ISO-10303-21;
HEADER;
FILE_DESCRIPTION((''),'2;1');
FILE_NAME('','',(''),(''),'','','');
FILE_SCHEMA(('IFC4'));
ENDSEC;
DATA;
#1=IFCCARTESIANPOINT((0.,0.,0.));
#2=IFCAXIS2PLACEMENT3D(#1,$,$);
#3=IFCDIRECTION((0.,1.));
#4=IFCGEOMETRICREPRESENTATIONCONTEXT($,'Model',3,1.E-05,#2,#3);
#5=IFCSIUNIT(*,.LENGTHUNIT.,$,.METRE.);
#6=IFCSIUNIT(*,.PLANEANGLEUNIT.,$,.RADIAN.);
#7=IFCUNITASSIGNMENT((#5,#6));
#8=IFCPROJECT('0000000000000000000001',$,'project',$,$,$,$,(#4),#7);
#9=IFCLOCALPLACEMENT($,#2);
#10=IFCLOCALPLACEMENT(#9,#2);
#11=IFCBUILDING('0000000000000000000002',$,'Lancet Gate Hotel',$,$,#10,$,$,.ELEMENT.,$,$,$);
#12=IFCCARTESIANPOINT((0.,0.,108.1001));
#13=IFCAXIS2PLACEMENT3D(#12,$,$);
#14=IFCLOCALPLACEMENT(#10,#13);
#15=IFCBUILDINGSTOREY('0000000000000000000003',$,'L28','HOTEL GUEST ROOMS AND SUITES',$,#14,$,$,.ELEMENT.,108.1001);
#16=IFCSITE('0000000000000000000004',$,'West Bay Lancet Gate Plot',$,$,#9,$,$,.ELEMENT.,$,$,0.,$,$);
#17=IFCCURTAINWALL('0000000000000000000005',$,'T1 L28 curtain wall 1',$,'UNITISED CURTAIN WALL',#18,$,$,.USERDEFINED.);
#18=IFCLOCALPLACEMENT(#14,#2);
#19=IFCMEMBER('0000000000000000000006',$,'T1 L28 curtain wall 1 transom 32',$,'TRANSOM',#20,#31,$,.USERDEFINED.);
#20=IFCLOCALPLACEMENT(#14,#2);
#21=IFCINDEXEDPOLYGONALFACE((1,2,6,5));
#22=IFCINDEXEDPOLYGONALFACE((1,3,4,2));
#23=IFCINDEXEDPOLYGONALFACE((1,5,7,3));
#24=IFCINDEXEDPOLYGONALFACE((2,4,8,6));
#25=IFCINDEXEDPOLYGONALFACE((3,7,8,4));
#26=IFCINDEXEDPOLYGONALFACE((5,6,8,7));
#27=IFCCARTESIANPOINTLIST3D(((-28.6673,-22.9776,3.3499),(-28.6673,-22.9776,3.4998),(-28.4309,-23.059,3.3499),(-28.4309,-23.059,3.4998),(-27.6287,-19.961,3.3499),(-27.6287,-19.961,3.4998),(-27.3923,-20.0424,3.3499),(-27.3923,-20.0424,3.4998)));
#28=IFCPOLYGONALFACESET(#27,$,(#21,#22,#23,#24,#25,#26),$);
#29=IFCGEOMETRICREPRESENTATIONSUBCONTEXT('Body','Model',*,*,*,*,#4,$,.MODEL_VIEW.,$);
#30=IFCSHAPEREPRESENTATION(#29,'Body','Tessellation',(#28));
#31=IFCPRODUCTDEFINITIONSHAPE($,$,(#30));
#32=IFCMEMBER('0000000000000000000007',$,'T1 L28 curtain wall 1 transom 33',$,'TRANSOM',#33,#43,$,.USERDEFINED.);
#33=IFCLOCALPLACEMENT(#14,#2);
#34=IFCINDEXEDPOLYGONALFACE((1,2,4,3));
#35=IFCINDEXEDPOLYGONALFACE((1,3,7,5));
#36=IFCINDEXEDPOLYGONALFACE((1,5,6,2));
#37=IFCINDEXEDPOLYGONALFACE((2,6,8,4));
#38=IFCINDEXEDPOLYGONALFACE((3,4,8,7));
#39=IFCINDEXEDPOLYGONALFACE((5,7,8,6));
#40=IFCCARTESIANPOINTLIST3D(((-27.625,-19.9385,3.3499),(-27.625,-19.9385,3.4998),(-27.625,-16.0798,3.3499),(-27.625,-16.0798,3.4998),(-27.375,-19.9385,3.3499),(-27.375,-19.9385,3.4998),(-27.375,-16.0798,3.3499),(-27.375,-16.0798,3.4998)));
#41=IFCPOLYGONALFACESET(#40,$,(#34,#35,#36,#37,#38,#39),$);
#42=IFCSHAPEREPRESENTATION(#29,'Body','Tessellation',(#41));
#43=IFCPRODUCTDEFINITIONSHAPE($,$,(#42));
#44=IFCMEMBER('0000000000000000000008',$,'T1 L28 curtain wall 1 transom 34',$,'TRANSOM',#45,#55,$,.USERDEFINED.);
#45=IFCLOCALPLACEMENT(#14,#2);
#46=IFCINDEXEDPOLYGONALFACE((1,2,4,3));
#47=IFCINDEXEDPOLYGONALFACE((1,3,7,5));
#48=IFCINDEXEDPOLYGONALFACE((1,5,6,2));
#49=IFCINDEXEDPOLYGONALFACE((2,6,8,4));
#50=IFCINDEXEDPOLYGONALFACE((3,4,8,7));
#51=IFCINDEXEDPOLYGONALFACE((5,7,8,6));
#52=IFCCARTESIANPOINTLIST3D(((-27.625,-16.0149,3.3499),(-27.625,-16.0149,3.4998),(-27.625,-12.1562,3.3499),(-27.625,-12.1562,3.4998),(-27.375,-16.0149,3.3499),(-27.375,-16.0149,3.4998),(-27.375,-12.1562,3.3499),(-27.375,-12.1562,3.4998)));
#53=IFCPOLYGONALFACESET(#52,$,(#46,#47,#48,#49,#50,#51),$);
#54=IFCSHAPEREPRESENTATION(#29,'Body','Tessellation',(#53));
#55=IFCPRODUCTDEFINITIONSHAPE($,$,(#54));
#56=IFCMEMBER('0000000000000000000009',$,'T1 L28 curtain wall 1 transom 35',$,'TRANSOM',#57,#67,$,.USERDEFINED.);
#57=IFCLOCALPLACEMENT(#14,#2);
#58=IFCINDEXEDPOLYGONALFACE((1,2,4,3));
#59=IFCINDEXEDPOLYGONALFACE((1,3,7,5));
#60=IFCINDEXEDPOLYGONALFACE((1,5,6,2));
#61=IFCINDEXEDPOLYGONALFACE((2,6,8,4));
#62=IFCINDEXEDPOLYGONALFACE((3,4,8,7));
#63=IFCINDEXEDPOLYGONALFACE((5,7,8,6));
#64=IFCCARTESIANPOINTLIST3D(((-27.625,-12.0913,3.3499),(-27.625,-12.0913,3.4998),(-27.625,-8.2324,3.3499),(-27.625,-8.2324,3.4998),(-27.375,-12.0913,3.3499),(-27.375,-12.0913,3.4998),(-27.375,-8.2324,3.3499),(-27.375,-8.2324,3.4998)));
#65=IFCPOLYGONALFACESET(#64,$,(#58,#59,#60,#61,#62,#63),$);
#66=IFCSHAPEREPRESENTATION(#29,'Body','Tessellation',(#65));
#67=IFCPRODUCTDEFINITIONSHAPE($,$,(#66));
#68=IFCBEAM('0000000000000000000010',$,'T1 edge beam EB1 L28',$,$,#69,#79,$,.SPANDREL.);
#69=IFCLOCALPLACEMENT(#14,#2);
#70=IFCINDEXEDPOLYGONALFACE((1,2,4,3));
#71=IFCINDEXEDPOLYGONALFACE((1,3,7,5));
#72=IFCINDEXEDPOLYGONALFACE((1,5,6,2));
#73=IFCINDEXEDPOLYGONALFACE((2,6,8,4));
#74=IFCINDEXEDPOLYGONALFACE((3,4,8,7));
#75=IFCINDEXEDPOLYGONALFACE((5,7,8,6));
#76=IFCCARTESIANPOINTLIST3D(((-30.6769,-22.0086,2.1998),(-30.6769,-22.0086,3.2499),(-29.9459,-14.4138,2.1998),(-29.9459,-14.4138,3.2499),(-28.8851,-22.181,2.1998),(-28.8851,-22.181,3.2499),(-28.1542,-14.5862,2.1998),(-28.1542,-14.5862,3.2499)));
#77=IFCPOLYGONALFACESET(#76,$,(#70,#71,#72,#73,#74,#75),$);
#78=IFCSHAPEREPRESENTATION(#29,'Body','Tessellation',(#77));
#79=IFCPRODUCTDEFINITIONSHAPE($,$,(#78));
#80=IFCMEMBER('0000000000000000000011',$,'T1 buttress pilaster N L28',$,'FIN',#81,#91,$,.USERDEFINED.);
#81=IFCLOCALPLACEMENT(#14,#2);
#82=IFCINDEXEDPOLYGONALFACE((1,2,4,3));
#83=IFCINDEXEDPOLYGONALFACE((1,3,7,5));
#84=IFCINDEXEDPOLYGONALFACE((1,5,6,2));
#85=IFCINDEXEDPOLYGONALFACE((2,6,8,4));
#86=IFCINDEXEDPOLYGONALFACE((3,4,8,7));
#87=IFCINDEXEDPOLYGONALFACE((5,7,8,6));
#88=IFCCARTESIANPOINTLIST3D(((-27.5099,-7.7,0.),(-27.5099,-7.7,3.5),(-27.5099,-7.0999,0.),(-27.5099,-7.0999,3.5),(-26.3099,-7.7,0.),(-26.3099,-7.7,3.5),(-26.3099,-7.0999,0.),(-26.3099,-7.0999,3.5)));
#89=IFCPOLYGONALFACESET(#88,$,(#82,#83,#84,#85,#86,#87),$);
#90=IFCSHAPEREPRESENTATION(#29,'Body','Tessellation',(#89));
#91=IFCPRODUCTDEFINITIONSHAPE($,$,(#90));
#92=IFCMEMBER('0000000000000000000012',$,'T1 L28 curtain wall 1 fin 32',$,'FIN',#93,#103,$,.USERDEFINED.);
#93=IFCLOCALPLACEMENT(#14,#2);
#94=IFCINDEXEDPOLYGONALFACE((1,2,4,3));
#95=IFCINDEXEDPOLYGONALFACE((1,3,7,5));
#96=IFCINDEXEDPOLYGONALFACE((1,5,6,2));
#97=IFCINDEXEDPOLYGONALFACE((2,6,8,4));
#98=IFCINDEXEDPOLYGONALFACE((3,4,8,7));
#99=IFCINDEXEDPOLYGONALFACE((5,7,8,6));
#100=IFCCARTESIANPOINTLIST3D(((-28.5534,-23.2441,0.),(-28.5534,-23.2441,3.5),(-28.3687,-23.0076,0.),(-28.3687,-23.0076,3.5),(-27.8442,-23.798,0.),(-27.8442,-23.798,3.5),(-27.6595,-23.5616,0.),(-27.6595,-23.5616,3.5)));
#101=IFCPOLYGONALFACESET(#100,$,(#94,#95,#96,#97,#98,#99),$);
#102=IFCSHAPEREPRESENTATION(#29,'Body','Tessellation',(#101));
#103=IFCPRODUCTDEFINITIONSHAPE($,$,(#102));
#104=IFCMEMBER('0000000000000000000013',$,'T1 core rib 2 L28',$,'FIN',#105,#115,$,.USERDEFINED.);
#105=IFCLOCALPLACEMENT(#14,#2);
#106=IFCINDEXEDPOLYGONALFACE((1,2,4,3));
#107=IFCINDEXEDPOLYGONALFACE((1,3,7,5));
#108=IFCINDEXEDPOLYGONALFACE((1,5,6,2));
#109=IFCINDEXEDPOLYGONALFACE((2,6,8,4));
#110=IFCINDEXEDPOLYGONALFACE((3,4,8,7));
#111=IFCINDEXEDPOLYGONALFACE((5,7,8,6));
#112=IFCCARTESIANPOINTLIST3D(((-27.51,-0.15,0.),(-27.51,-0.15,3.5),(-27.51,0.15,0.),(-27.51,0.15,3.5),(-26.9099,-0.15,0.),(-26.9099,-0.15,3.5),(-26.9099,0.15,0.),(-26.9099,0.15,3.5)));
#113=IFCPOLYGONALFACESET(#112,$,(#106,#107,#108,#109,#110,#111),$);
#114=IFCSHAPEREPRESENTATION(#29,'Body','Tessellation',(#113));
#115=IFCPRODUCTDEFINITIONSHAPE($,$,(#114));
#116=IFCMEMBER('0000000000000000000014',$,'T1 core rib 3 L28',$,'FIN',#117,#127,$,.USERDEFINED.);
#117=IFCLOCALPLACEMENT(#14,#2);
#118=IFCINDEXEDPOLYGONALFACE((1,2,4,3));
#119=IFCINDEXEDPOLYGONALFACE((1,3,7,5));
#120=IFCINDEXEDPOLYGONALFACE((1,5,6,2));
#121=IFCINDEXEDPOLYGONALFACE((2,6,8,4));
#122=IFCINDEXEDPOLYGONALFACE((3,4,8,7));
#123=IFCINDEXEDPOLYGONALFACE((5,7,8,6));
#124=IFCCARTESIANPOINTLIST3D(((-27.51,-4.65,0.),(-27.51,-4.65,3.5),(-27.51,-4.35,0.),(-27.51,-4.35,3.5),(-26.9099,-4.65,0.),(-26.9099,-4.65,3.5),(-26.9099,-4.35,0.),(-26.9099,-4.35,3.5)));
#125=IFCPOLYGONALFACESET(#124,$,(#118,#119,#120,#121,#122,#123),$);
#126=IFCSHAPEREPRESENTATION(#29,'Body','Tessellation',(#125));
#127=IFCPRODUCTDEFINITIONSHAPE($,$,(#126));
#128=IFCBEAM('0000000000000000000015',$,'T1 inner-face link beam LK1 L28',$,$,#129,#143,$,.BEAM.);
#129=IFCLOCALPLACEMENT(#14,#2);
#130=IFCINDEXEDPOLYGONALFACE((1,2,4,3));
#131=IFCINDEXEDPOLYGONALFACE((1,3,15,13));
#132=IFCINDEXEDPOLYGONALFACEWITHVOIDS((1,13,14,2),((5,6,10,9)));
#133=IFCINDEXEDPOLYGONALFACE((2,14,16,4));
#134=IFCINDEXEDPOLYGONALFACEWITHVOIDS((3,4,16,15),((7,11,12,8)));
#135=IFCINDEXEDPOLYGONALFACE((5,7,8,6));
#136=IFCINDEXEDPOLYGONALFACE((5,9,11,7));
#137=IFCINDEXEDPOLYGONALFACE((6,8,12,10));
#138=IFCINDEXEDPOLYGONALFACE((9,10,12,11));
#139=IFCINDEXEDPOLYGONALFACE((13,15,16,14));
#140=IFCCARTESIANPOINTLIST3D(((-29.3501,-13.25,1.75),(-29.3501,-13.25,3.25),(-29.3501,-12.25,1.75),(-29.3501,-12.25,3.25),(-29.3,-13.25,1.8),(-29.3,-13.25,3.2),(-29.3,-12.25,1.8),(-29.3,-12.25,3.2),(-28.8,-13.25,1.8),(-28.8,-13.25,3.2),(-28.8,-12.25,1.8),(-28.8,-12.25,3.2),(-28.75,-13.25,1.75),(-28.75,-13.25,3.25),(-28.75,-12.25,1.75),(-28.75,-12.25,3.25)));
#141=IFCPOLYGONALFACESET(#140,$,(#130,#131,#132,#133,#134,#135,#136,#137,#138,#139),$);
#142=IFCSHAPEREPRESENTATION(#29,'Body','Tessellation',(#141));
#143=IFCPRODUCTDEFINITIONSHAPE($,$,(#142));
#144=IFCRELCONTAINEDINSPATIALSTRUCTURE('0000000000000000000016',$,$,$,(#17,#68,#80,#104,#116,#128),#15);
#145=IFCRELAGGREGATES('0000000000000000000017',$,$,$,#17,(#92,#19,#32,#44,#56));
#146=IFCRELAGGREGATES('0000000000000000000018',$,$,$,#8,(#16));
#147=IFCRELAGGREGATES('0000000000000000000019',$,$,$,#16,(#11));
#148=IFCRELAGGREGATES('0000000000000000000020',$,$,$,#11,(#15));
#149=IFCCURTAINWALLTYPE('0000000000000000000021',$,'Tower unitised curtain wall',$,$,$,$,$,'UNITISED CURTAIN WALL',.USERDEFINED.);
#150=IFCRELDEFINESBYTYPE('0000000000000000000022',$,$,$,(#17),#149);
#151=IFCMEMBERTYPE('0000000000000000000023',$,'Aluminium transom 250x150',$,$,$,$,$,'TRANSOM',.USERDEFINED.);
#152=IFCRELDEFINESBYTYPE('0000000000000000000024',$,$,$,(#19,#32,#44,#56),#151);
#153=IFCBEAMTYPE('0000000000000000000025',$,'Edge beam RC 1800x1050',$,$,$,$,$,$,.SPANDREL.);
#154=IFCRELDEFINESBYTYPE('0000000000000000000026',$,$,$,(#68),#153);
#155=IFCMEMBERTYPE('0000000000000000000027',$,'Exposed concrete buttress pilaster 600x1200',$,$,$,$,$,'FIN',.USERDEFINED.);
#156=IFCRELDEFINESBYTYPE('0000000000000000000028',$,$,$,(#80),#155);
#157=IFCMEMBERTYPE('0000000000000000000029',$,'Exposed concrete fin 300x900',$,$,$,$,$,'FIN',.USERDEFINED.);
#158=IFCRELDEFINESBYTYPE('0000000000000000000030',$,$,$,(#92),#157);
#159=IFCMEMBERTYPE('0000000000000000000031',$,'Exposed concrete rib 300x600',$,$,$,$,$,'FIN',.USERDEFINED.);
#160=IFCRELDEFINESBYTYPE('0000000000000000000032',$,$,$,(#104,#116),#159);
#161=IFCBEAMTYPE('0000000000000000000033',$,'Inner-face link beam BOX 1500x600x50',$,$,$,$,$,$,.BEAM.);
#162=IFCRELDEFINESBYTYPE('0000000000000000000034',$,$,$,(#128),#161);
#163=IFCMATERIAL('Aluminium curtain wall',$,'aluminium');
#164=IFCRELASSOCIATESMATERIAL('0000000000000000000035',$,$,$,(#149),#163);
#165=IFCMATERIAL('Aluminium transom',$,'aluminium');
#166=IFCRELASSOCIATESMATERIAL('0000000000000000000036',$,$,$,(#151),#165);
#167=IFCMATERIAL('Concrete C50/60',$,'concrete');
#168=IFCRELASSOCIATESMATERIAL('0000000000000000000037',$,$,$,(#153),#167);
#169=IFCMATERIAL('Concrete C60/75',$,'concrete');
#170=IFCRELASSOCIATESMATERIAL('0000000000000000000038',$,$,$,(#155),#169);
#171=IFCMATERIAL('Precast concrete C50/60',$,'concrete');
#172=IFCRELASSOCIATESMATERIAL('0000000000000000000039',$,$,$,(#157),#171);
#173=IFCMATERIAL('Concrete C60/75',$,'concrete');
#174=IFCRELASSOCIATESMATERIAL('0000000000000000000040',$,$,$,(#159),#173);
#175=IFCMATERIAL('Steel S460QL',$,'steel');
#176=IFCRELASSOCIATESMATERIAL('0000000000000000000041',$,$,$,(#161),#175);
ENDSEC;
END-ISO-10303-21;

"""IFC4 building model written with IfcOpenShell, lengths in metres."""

from ifc_helpers import new_model, si_unit, direction, frame, origin, origin_2d, place, context, subcontext, project, spatial, rectangle, hollow_rectangle, extrude, material, material_profile, profile_set, type_object, element, aggregate, save


model = new_model("IFC4")

# Units and contexts
model_context = context("Model", 3, precision=1e-05, world=origin(), true_north=direction((0.0, 1.0)))
body_context = subcontext(model_context, "Body", "Model", "MODEL_VIEW")
ifc_project = project(units=[si_unit("LENGTHUNIT", "METRE"), si_unit("PLANEANGLEUNIT", "RADIAN")], contexts=[model_context])

# Site, building, storey
site_placement = place(None, origin())
site = spatial("IfcSite", under=ifc_project, at=site_placement, Name="West Bay Lancet Gate Plot", CompositionType="ELEMENT", RefElevation=0.0)
building_placement = place(site_placement, origin())
building = spatial("IfcBuilding", under=site, at=building_placement, Name="Lancet Gate Hotel", CompositionType="ELEMENT")
storey_placement = place(building_placement, frame((0.0, 0.0, 108.1001)))
storey = spatial("IfcBuildingStorey", under=building, at=storey_placement, Name="L28", Description="HOTEL GUEST ROOMS AND SUITES", CompositionType="ELEMENT", Elevation=108.1001)

# Curtain wall, members
ifc_material_1 = material(Name="Aluminium curtain wall", Category="aluminium")
curtain_wall_type = type_object("IfcCurtainWallType", Name="Tower unitised curtain wall", ElementType="UNITISED CURTAIN WALL", PredefinedType="USERDEFINED", material=ifc_material_1)
curtain_wall_placement = place(storey_placement, origin())
curtain_wall = element("IfcCurtainWall", 1, at=curtain_wall_placement, inside=storey, type_object=curtain_wall_type, Name="T1 L28 curtain wall 1", ObjectType="UNITISED CURTAIN WALL", PredefinedType="USERDEFINED")
ifc_material_2 = material(Name="Aluminium transom", Category="aluminium")
ifc_material_profile_1 = material_profile(ifc_material_2, rectangle(XDim=0.25, YDim=0.1499, at=origin_2d()), Name="TRANSOM 250x150")
ifc_profile_set_1 = profile_set([ifc_material_profile_1], Name="Aluminium transom")
member_type_1 = type_object("IfcMemberType", Name="Aluminium transom 250x150", ElementType="TRANSOM", PredefinedType="USERDEFINED", material=ifc_profile_set_1)
member_1_placement = place(storey_placement, frame((-28.5491, -23.0183, 3.4248), z_axis=(0.325533, 0.945531, 0.0), x_axis=(-0.945531, 0.325533, 0.0)))
member_1 = element("IfcMember", 2, at=member_1_placement, type_object=member_type_1, Name="T1 L28 curtain wall 1 transom 32", ObjectType="TRANSOM", PredefinedType="USERDEFINED", context=body_context, shape_type="SweptSolid", body=[
    extrude(rectangle(XDim=0.25, YDim=0.1499, at=origin_2d()), origin(), (0.0, 0.0, 1.0), 3.1904),
])
member_2_placement = place(storey_placement, frame((-27.5, -19.9385, 3.4248), z_axis=(0.0, 1.0, 0.0), x_axis=(-1.0, 0.0, 0.0)))
member_2 = element("IfcMember", 3, at=member_2_placement, type_object=member_type_1, Name="T1 L28 curtain wall 1 transom 33", ObjectType="TRANSOM", PredefinedType="USERDEFINED", context=body_context, shape_type="SweptSolid", body=[
    extrude(rectangle(XDim=0.25, YDim=0.1499, at=origin_2d()), origin(), (0.0, 0.0, 1.0), 3.8586),
])
member_3_placement = place(storey_placement, frame((-27.5, -16.0149, 3.4248), z_axis=(0.0, 1.0, 0.0), x_axis=(-1.0, 0.0, 0.0)))
member_3 = element("IfcMember", 4, at=member_3_placement, type_object=member_type_1, Name="T1 L28 curtain wall 1 transom 34", ObjectType="TRANSOM", PredefinedType="USERDEFINED", context=body_context, shape_type="SweptSolid", body=[
    extrude(rectangle(XDim=0.25, YDim=0.1499, at=origin_2d()), origin(), (0.0, 0.0, 1.0), 3.8586),
])
member_4_placement = place(storey_placement, frame((-27.5, -12.0913, 3.4248), z_axis=(0.0, 1.0, 0.0), x_axis=(-1.0, 0.0, 0.0)))
member_4 = element("IfcMember", 5, at=member_4_placement, type_object=member_type_1, Name="T1 L28 curtain wall 1 transom 35", ObjectType="TRANSOM", PredefinedType="USERDEFINED", context=body_context, shape_type="SweptSolid", body=[
    extrude(rectangle(XDim=0.25, YDim=0.1499, at=origin_2d()), origin(), (0.0, 0.0, 1.0), 3.8589),
])

# Beam
ifc_material_3 = material(Name="Concrete C50/60", Category="concrete")
ifc_material_profile_2 = material_profile(ifc_material_3, rectangle(XDim=1.8, YDim=1.05, at=origin_2d()), Name="RC 1800x1050")
ifc_profile_set_2 = profile_set([ifc_material_profile_2], Name="Concrete C50/60")
beam_type_1 = type_object("IfcBeamType", Name="Edge beam RC 1800x1050", PredefinedType="SPANDREL", material=ifc_profile_set_2)
beam_1_placement = place(storey_placement, frame((-29.05, -14.5, 2.7249), z_axis=(-0.095803, -0.9954, 0.0), x_axis=(0.9954, -0.095803, 0.0)))
element("IfcBeam", 6, at=beam_1_placement, inside=storey, type_object=beam_type_1, Name="T1 edge beam EB1 L28", PredefinedType="SPANDREL", context=body_context, shape_type="SweptSolid", body=[
    extrude(rectangle(XDim=1.8, YDim=1.05, at=origin_2d()), origin(), (0.0, 0.0, 1.0), 7.6299),
])

# Members
ifc_material_4 = material(Name="Concrete C60/75", Category="concrete")
ifc_material_profile_3 = material_profile(ifc_material_4, rectangle(XDim=0.6001, YDim=1.2, at=origin_2d()), Name="FIN 600x1200")
ifc_profile_set_3 = profile_set([ifc_material_profile_3], Name="Concrete C60/75")
member_type_2 = type_object("IfcMemberType", Name="Exposed concrete buttress pilaster 600x1200", ElementType="FIN", PredefinedType="USERDEFINED", material=ifc_profile_set_3)
member_5_placement = place(storey_placement, frame((-26.9099, -7.3999, 0.0), z_axis=(0.0, 0.0, 1.0), x_axis=(0.0, 1.0, 0.0)))
element("IfcMember", 7, at=member_5_placement, inside=storey, type_object=member_type_2, Name="T1 buttress pilaster N L28", ObjectType="FIN", PredefinedType="USERDEFINED", context=body_context, shape_type="SweptSolid", body=[
    extrude(rectangle(XDim=0.6001, YDim=1.2, at=origin_2d()), origin(), (0.0, 0.0, 1.0), 3.5),
])
ifc_material_5 = material(Name="Precast concrete C50/60", Category="concrete")
ifc_material_profile_4 = material_profile(ifc_material_5, rectangle(XDim=0.3, YDim=0.8999, at=origin_2d()), Name="FIN 300x900")
ifc_profile_set_4 = profile_set([ifc_material_profile_4], Name="Precast concrete C50/60")
member_type_3 = type_object("IfcMemberType", Name="Exposed concrete fin 300x900", ElementType="FIN", PredefinedType="USERDEFINED", material=ifc_profile_set_4)
member_6_placement = place(storey_placement, frame((-28.1064, -23.4028, 0.0), z_axis=(0.0, 0.0, 1.0), x_axis=(0.615574, 0.788079, 0.0)))
member_6 = element("IfcMember", 8, at=member_6_placement, type_object=member_type_3, Name="T1 L28 curtain wall 1 fin 32", ObjectType="FIN", PredefinedType="USERDEFINED", context=body_context, shape_type="SweptSolid", body=[
    extrude(rectangle(XDim=0.3, YDim=0.8999, at=origin_2d()), origin(), (0.0, 0.0, 1.0), 3.5),
])

# Members
ifc_material_6 = material(Name="Concrete C60/75", Category="concrete")
ifc_material_profile_5 = material_profile(ifc_material_6, rectangle(XDim=0.3, YDim=0.6001, at=origin_2d()), Name="FIN 300x600")
ifc_profile_set_5 = profile_set([ifc_material_profile_5], Name="Concrete C60/75")
member_type_4 = type_object("IfcMemberType", Name="Exposed concrete rib 300x600", ElementType="FIN", PredefinedType="USERDEFINED", material=ifc_profile_set_5)
for number, where, z_axis, x_axis, name in (
    (9, (-27.21, 0.0, 0.0), (0.0, 0.0, 1.0), (0.0, 1.0, 0.0), "T1 core rib 2 L28"),
    (10, (-27.21, -4.5, 0.0), (0.0, 0.0, 1.0), (0.0, 1.0, 0.0), "T1 core rib 3 L28"),
):
    element("IfcMember", number, at=place(storey_placement, frame(where, z_axis=z_axis, x_axis=x_axis)), inside=storey, type_object=member_type_4, Name=name, ObjectType="FIN", PredefinedType="USERDEFINED", context=body_context, shape_type="SweptSolid", body=[
        extrude(rectangle(XDim=0.3, YDim=0.6001, at=origin_2d()), origin(), (0.0, 0.0, 1.0), 3.5),
    ])

# Beam
ifc_material_7 = material(Name="Steel S460QL", Category="steel")
ifc_material_profile_6 = material_profile(ifc_material_7, hollow_rectangle(XDim=0.6001, YDim=1.5, WallThickness=0.05, at=origin_2d()), Name="BOX 1500x600x50")
ifc_profile_set_6 = profile_set([ifc_material_profile_6], Name="Steel S460QL")
beam_type_2 = type_object("IfcBeamType", Name="Inner-face link beam BOX 1500x600x50", PredefinedType="BEAM", material=ifc_profile_set_6)
beam_2_placement = place(storey_placement, frame((-29.05, -12.25, 2.5), z_axis=(0.0, -1.0, 0.0), x_axis=(1.0, 0.0, 0.0)))
element("IfcBeam", 11, at=beam_2_placement, inside=storey, type_object=beam_type_2, Name="T1 inner-face link beam LK1 L28", PredefinedType="BEAM", context=body_context, shape_type="SweptSolid", body=[
    extrude(hollow_rectangle(XDim=0.6001, YDim=1.5, WallThickness=0.05, at=origin_2d()), origin(), (0.0, 0.0, 1.0), 1.0),
])

aggregate(curtain_wall, [member_6, member_1, member_2, member_3, member_4])

save(model, "model.ifc")
